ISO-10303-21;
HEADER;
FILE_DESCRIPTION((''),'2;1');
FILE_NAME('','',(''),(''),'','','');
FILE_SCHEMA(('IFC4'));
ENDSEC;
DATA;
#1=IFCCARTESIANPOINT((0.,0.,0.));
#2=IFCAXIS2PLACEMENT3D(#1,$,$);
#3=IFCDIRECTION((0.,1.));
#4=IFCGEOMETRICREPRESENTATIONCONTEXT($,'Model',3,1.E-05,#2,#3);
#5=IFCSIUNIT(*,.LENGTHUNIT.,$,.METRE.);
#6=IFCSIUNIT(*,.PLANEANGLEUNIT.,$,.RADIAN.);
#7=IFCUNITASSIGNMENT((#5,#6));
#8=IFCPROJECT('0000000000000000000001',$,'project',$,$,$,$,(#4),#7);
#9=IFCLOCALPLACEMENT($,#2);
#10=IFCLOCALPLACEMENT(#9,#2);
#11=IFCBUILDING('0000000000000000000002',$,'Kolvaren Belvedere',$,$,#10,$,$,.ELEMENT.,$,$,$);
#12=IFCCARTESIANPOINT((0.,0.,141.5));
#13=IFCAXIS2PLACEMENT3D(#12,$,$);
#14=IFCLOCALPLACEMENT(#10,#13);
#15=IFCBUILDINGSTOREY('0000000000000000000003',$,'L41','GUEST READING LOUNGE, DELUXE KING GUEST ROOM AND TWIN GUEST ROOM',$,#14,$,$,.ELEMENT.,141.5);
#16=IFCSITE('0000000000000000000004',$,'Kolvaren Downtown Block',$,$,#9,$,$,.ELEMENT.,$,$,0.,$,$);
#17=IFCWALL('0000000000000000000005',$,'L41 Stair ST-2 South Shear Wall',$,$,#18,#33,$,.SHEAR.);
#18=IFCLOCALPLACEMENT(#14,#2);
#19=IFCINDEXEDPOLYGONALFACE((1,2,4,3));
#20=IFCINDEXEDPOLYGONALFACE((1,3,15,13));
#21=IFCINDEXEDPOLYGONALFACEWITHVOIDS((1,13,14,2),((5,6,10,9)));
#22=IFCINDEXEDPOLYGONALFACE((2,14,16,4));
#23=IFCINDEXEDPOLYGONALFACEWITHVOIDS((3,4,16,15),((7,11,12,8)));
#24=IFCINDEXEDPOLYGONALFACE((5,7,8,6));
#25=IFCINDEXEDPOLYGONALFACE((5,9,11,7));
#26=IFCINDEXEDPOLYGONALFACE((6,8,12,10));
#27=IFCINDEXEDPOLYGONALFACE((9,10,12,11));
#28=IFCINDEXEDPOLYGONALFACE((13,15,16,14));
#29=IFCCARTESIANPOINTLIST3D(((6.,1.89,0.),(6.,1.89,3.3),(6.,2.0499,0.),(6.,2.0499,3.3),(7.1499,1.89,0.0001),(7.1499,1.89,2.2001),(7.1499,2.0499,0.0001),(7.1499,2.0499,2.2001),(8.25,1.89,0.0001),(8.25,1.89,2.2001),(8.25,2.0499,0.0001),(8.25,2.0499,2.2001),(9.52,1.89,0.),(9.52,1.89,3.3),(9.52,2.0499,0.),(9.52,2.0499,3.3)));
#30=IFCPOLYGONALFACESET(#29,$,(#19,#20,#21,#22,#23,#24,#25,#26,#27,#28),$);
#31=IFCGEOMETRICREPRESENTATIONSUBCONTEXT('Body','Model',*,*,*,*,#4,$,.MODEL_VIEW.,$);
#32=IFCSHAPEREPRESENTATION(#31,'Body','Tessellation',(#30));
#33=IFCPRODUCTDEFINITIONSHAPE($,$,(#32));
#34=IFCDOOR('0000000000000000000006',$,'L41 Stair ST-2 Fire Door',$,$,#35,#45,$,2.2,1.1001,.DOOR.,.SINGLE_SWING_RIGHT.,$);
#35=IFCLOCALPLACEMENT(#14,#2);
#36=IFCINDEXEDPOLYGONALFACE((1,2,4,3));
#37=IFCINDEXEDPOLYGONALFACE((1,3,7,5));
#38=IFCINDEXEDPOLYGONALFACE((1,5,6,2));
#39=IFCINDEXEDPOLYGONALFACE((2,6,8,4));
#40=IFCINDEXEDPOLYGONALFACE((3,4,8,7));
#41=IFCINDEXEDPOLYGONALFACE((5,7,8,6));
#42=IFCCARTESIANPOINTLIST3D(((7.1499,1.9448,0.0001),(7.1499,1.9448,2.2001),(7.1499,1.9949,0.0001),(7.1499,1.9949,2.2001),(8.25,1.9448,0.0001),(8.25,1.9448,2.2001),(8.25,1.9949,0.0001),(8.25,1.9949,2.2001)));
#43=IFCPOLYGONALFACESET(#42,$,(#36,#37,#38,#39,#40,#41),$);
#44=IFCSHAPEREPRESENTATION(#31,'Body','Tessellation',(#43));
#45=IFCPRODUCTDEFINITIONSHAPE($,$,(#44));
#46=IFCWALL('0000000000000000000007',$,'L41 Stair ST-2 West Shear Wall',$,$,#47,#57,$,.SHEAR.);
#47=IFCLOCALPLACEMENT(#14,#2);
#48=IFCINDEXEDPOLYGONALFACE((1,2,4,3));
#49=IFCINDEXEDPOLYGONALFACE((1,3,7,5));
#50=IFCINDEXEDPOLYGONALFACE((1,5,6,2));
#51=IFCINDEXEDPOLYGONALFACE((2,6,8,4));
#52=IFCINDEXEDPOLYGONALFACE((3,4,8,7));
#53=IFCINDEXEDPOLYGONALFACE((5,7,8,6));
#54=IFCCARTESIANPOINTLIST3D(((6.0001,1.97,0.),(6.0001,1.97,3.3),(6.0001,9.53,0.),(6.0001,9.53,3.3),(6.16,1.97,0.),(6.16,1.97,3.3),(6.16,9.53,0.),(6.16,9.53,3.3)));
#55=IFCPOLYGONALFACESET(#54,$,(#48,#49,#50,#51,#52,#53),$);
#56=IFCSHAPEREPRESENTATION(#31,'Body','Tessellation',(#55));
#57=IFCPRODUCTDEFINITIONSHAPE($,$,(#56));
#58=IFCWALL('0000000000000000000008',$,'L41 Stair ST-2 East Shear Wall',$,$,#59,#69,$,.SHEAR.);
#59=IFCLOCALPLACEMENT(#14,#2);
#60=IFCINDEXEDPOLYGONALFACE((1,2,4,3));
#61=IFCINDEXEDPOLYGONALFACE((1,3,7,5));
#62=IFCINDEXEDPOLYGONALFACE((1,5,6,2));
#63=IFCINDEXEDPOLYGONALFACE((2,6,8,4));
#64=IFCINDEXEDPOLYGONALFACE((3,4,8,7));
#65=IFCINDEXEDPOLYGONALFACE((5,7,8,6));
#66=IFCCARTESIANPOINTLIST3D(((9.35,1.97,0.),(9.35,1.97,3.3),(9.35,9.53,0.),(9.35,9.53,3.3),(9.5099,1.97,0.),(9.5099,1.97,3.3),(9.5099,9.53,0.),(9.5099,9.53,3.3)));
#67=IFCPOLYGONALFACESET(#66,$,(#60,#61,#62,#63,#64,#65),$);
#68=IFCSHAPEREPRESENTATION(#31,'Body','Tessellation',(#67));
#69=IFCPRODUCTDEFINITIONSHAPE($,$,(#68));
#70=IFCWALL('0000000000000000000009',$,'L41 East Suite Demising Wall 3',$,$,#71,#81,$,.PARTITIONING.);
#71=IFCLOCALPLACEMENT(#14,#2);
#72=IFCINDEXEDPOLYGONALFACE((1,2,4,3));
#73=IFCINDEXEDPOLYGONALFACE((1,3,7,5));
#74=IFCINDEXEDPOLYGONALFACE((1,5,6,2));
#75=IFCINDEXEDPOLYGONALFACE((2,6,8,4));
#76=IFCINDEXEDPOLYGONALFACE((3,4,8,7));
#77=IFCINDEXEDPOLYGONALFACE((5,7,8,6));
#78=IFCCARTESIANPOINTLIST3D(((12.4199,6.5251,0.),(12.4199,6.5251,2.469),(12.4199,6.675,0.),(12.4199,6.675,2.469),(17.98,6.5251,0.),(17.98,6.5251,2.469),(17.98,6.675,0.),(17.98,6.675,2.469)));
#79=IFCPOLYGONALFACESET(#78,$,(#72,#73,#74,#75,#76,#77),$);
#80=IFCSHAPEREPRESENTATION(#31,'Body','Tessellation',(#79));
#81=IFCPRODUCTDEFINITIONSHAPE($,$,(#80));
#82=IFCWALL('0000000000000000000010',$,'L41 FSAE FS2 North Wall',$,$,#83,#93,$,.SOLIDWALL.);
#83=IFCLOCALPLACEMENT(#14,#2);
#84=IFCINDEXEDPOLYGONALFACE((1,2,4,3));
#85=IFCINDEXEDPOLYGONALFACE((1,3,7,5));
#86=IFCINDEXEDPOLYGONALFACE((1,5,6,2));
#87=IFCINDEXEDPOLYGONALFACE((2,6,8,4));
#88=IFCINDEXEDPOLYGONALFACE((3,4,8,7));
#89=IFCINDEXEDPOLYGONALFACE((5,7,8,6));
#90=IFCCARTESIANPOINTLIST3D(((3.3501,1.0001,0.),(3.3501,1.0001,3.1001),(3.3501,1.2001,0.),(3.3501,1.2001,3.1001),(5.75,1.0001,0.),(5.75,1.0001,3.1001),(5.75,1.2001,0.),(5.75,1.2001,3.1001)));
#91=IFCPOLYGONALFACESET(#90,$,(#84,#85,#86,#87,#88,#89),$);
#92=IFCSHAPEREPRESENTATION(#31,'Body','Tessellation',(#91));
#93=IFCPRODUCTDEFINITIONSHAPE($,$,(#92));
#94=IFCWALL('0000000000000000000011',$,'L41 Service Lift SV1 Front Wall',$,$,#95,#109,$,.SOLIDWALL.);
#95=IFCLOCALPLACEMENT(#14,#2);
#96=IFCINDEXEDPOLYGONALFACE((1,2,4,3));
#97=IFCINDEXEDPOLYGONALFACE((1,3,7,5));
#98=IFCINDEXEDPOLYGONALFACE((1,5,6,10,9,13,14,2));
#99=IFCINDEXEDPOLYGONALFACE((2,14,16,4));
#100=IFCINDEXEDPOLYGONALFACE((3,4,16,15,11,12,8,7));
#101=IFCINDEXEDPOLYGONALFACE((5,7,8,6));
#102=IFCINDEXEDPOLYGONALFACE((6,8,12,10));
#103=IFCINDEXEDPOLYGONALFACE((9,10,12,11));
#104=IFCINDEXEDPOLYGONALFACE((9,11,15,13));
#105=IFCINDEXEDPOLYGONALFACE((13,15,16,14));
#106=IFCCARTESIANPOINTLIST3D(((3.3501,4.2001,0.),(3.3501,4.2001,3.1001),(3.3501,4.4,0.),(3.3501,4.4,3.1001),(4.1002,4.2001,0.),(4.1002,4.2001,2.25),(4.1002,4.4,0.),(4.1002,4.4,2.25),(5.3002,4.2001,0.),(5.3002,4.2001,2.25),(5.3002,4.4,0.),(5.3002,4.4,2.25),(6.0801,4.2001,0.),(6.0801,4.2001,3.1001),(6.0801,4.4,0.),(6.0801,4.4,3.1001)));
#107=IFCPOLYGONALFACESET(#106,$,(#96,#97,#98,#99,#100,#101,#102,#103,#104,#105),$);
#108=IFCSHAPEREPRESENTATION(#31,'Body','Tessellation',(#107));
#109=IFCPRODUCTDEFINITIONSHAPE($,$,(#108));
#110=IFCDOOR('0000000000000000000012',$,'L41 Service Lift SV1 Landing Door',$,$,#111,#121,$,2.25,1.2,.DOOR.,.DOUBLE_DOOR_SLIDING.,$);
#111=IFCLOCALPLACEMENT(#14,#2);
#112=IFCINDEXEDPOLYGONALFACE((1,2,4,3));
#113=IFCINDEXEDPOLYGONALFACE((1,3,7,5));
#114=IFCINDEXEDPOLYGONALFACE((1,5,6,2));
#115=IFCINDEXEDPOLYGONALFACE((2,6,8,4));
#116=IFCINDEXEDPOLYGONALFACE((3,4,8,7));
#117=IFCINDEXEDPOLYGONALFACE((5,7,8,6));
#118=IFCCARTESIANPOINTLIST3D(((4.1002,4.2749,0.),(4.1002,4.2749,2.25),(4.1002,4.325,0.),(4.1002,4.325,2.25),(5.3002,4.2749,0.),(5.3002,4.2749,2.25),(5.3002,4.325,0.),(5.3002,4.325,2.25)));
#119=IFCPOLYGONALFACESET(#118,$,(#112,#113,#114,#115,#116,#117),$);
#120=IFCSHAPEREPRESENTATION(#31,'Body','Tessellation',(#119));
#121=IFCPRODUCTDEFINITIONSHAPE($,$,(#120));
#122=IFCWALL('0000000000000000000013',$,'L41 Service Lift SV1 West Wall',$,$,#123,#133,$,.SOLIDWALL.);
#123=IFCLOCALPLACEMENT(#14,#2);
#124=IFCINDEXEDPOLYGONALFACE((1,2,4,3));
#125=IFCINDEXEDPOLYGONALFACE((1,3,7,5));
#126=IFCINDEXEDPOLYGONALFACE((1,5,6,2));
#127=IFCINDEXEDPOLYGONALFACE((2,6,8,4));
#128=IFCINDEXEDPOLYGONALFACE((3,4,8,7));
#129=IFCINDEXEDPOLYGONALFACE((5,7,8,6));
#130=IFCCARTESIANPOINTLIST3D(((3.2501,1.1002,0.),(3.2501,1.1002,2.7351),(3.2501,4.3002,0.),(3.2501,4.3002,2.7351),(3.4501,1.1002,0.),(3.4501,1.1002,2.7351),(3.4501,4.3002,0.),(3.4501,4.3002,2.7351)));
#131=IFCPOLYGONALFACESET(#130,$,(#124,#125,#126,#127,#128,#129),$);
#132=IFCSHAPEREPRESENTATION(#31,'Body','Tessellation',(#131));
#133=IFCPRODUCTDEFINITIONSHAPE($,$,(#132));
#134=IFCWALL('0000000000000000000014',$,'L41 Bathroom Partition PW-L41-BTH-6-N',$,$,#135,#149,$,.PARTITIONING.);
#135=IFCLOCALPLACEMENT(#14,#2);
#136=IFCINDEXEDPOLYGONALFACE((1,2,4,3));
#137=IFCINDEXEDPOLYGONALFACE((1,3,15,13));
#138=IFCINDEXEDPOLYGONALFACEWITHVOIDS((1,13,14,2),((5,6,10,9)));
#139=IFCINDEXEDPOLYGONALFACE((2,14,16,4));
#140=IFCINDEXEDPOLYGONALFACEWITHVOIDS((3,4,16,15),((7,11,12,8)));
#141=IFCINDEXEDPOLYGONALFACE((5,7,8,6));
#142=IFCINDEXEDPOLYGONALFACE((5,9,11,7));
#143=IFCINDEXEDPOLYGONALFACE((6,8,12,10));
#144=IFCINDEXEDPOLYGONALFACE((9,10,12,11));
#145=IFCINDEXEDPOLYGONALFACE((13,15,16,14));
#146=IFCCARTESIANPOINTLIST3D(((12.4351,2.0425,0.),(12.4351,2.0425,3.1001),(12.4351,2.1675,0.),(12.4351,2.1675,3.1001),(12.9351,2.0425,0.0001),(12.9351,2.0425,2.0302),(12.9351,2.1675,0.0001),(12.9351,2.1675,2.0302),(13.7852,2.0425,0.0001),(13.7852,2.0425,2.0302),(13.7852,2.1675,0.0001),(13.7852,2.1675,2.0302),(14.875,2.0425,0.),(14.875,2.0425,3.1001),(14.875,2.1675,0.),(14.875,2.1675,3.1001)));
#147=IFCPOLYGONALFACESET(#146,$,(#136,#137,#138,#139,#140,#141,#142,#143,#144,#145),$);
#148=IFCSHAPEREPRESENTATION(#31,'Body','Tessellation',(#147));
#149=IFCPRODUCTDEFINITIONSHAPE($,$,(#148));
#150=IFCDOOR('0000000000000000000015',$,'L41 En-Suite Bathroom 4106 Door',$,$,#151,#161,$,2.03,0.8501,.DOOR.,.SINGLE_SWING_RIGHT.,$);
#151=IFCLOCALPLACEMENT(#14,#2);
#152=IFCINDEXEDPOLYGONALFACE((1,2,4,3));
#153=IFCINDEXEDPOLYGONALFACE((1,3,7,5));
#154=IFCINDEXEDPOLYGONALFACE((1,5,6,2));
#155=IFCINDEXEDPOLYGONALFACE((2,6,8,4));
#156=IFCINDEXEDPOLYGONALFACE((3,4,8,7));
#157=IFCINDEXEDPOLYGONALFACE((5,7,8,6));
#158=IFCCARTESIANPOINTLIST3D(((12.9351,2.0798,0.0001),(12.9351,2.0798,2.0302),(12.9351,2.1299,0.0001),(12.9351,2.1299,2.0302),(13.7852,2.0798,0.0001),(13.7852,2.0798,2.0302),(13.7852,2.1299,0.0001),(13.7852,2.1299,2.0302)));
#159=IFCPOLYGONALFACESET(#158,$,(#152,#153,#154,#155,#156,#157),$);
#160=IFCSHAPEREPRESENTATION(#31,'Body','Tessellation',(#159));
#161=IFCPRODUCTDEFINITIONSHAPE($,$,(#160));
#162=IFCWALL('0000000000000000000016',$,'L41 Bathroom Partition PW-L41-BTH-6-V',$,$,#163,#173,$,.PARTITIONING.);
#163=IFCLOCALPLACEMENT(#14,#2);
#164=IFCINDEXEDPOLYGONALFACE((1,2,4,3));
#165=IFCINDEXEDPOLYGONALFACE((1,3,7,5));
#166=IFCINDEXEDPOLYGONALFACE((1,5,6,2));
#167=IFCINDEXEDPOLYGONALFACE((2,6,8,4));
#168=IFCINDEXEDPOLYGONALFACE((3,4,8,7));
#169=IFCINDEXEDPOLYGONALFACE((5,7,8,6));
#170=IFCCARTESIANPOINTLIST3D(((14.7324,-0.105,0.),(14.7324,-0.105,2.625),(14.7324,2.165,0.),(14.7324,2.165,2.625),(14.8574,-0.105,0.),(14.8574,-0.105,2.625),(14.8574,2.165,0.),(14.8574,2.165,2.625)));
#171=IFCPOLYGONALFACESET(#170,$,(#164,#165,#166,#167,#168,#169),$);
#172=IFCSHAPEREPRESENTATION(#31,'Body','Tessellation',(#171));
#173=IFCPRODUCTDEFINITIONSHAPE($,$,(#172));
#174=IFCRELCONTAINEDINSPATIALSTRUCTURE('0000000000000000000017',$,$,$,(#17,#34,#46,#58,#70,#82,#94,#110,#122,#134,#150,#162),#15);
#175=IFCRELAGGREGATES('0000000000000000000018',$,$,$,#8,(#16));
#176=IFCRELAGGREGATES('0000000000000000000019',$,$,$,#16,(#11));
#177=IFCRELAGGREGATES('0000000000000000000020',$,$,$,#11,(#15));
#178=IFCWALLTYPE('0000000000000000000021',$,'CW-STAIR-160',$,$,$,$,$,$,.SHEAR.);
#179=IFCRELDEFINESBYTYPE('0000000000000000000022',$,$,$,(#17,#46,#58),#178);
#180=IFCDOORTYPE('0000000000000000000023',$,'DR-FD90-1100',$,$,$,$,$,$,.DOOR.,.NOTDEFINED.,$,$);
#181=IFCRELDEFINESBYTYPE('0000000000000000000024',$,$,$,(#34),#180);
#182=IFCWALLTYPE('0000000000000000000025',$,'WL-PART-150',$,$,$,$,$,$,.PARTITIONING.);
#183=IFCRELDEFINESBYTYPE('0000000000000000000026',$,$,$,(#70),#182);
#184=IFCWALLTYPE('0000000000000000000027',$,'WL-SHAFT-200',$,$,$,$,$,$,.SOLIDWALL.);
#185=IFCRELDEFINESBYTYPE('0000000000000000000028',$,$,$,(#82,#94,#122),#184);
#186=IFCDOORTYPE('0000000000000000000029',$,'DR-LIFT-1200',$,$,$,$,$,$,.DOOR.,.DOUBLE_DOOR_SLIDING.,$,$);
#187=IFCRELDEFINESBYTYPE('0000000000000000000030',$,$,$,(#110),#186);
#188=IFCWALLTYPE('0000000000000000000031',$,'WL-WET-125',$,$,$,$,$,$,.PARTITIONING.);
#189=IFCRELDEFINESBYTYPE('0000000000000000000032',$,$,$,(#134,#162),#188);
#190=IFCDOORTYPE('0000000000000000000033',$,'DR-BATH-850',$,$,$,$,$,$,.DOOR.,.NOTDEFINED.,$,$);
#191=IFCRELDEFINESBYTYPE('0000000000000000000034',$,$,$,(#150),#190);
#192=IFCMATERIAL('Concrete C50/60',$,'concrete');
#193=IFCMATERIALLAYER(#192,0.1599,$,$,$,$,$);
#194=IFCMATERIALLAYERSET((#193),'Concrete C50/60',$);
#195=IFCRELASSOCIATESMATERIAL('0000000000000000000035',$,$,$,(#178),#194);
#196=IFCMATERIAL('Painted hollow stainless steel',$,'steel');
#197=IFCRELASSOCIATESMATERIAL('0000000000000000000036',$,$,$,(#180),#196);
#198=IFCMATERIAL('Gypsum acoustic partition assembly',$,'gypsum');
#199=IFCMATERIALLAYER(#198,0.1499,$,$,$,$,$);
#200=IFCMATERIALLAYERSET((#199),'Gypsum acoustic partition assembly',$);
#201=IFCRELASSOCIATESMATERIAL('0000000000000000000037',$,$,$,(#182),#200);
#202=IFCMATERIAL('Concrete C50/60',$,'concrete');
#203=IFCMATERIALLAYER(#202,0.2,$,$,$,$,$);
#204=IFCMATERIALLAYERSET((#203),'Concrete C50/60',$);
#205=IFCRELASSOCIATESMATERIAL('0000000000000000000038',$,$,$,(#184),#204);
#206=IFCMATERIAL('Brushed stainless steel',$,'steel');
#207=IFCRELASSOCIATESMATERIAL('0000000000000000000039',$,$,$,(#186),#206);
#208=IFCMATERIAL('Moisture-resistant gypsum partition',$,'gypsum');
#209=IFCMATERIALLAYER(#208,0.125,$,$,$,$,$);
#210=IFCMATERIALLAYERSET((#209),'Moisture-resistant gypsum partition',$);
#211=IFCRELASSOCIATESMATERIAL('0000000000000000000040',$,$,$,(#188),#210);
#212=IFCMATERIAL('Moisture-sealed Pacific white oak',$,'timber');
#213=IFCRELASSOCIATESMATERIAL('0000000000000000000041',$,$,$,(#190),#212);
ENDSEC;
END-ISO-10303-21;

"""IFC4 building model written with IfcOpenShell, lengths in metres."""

from ifc_helpers import new_model, si_unit, direction, frame, frame_2d, origin, place, context, subcontext, project, spatial, rectangle, extrude, material, layer, layer_set, type_object, element, fill, save


model = new_model("IFC4")

# Units and contexts
model_context = context("Model", 3, precision=1e-05, world=origin(), true_north=direction((0.0, 1.0)))
body_context = subcontext(model_context, "Body", "Model", "MODEL_VIEW")
ifc_project = project(units=[si_unit("LENGTHUNIT", "METRE"), si_unit("PLANEANGLEUNIT", "RADIAN")], contexts=[model_context])

# Site, building, storey
site_placement = place(None, origin())
site = spatial("IfcSite", under=ifc_project, at=site_placement, Name="Kolvaren Downtown Block", CompositionType="ELEMENT", RefElevation=0.0)
building_placement = place(site_placement, origin())
building = spatial("IfcBuilding", under=site, at=building_placement, Name="Kolvaren Belvedere", CompositionType="ELEMENT")
storey_placement = place(building_placement, frame((0.0, 0.0, 141.5)))
storey = spatial("IfcBuildingStorey", under=building, at=storey_placement, Name="L41", Description="GUEST READING LOUNGE, DELUXE KING GUEST ROOM AND TWIN GUEST ROOM", CompositionType="ELEMENT", Elevation=141.5)

# Wall, opening, door
ifc_material_1 = material(Name="Concrete C50/60", Category="concrete")
ifc_layer_1 = layer(ifc_material_1, 0.1599)
ifc_layer_set_1 = layer_set([ifc_layer_1], Name="Concrete C50/60")
wall_type_1 = type_object("IfcWallType", Name="CW-STAIR-160", PredefinedType="SHEAR", material=ifc_layer_set_1)
wall_1_placement = place(storey_placement, frame((6.0, 1.97, 0.0), z_axis=(0.0, 0.0, 1.0), x_axis=(1.0, 0.0, 0.0)))
wall_1 = element("IfcWall", 1, at=wall_1_placement, inside=storey, type_object=wall_type_1, Name="L41 Stair ST-2 South Shear Wall", PredefinedType="SHEAR", context=body_context, shape_type="SweptSolid", body=[
    extrude(rectangle(XDim=3.52, YDim=0.1599, at=frame_2d((1.76, 0.0))), origin(), (0.0, 0.0, 1.0), 3.3),
])
opening_1_placement = place(wall_1_placement, frame((1.1499, 0.0, 0.0)))
opening_1 = element("IfcOpeningElement", 2, at=opening_1_placement, cuts=wall_1, PredefinedType="OPENING", context=body_context, shape_type="SweptSolid", body=[
    extrude(rectangle(XDim=1.1001, YDim=2.2, at=frame_2d((0.55, 1.1001))), frame((0.0, 0.0898, 0.0), z_axis=(0.0, -1.0, 0.0), x_axis=(1.0, 0.0, 0.0)), (0.0, 0.0, 1.0), 0.1799),
])
ifc_material_2 = material(Name="Painted hollow stainless steel", Category="steel")
door_type_1 = type_object("IfcDoorType", Name="DR-FD90-1100", OperationType="NOTDEFINED", PredefinedType="DOOR", material=ifc_material_2)
door_1_placement = place(opening_1_placement, origin())
door_1 = element("IfcDoor", 3, at=door_1_placement, inside=storey, type_object=door_type_1, Name="L41 Stair ST-2 Fire Door", OperationType="SINGLE_SWING_RIGHT", OverallHeight=2.2, OverallWidth=1.1001, PredefinedType="DOOR", context=body_context, shape_type="SweptSolid", body=[
    extrude(rectangle(XDim=1.1001, YDim=2.2, at=frame_2d((0.55, 1.1001))), frame((0.0, 0.0249, 0.0), z_axis=(0.0, -1.0, 0.0), x_axis=(1.0, 0.0, 0.0)), (0.0, 0.0, 1.0), 0.05),
])
fill(opening_1, door_1)

# Walls
for number, where, z_axis, x_axis, name in (
    (4, (6.0801, 1.97, 0.0), (0.0, 0.0, 1.0), (0.0, 1.0, 0.0), "L41 Stair ST-2 West Shear Wall"),
    (5, (9.4299, 1.97, 0.0), (0.0, 0.0, 1.0), (0.0, 1.0, 0.0), "L41 Stair ST-2 East Shear Wall"),
):
    element("IfcWall", number, at=place(storey_placement, frame(where, z_axis=z_axis, x_axis=x_axis)), inside=storey, type_object=wall_type_1, Name=name, PredefinedType="SHEAR", context=body_context, shape_type="SweptSolid", body=[
        extrude(rectangle(XDim=7.5601, YDim=0.1599, at=frame_2d((3.78, 0.0))), origin(), (0.0, 0.0, 1.0), 3.3),
    ])
ifc_material_3 = material(Name="Gypsum acoustic partition assembly", Category="gypsum")
ifc_layer_2 = layer(ifc_material_3, 0.1499)
ifc_layer_set_2 = layer_set([ifc_layer_2], Name="Gypsum acoustic partition assembly")
wall_type_2 = type_object("IfcWallType", Name="WL-PART-150", PredefinedType="PARTITIONING", material=ifc_layer_set_2)
wall_2_placement = place(storey_placement, frame((12.4199, 6.6001, 0.0), z_axis=(0.0, 0.0, 1.0), x_axis=(1.0, 0.0, 0.0)))
element("IfcWall", 6, at=wall_2_placement, inside=storey, type_object=wall_type_2, Name="L41 East Suite Demising Wall 3", PredefinedType="PARTITIONING", context=body_context, shape_type="SweptSolid", body=[
    extrude(rectangle(XDim=5.5601, YDim=0.1499, at=frame_2d((2.78, 0.0))), origin(), (0.0, 0.0, 1.0), 2.469),
])
ifc_material_4 = material(Name="Concrete C50/60", Category="concrete")
ifc_layer_3 = layer(ifc_material_4, 0.2)
ifc_layer_set_3 = layer_set([ifc_layer_3], Name="Concrete C50/60")
wall_type_3 = type_object("IfcWallType", Name="WL-SHAFT-200", PredefinedType="SOLIDWALL", material=ifc_layer_set_3)
wall_3_placement = place(storey_placement, frame((3.3501, 1.1001, 0.0), z_axis=(0.0, 0.0, 1.0), x_axis=(1.0, 0.0, 0.0)))
element("IfcWall", 7, at=wall_3_placement, inside=storey, type_object=wall_type_3, Name="L41 FSAE FS2 North Wall", PredefinedType="SOLIDWALL", context=body_context, shape_type="SweptSolid", body=[
    extrude(rectangle(XDim=2.3999, YDim=0.2, at=frame_2d((1.2, 0.0))), origin(), (0.0, 0.0, 1.0), 3.1001),
])

# Wall, opening, door
wall_4_placement = place(storey_placement, frame((3.3501, 4.3, 0.0), z_axis=(0.0, 0.0, 1.0), x_axis=(1.0, 0.0, 0.0)))
wall_4 = element("IfcWall", 8, at=wall_4_placement, inside=storey, type_object=wall_type_3, Name="L41 Service Lift SV1 Front Wall", PredefinedType="SOLIDWALL", context=body_context, shape_type="SweptSolid", body=[
    extrude(rectangle(XDim=2.73, YDim=0.2, at=frame_2d((1.365, 0.0))), origin(), (0.0, 0.0, 1.0), 3.1001),
])
opening_2_placement = place(wall_4_placement, frame((0.75, 0.0, 0.0)))
opening_2 = element("IfcOpeningElement", 9, at=opening_2_placement, cuts=wall_4, PredefinedType="OPENING", context=body_context, shape_type="SweptSolid", body=[
    extrude(rectangle(XDim=1.2, YDim=2.25, at=frame_2d((0.6001, 1.125))), frame((0.0, 0.1099, 0.0), z_axis=(0.0, -1.0, 0.0), x_axis=(1.0, 0.0, 0.0)), (0.0, 0.0, 1.0), 0.22),
])
ifc_material_5 = material(Name="Brushed stainless steel", Category="steel")
door_type_2 = type_object("IfcDoorType", Name="DR-LIFT-1200", OperationType="DOUBLE_DOOR_SLIDING", PredefinedType="DOOR", material=ifc_material_5)
door_2_placement = place(opening_2_placement, origin())
door_2 = element("IfcDoor", 10, at=door_2_placement, inside=storey, type_object=door_type_2, Name="L41 Service Lift SV1 Landing Door", OperationType="DOUBLE_DOOR_SLIDING", OverallHeight=2.25, OverallWidth=1.2, PredefinedType="DOOR", context=body_context, shape_type="SweptSolid", body=[
    extrude(rectangle(XDim=1.2, YDim=2.25, at=frame_2d((0.6001, 1.125))), frame((0.0, 0.0249, 0.0), z_axis=(0.0, -1.0, 0.0), x_axis=(1.0, 0.0, 0.0)), (0.0, 0.0, 1.0), 0.05),
])
fill(opening_2, door_2)

# Wall
wall_5_placement = place(storey_placement, frame((3.3501, 1.1001, 0.0), z_axis=(0.0, 0.0, 1.0), x_axis=(0.0, 1.0, 0.0)))
element("IfcWall", 11, at=wall_5_placement, inside=storey, type_object=wall_type_3, Name="L41 Service Lift SV1 West Wall", PredefinedType="SOLIDWALL", context=body_context, shape_type="SweptSolid", body=[
    extrude(rectangle(XDim=3.2, YDim=0.2, at=frame_2d((1.6001, 0.0))), origin(), (0.0, 0.0, 1.0), 2.7351),
])

# Wall, opening, door
ifc_material_6 = material(Name="Moisture-resistant gypsum partition", Category="gypsum")
ifc_layer_4 = layer(ifc_material_6, 0.125)
ifc_layer_set_4 = layer_set([ifc_layer_4], Name="Moisture-resistant gypsum partition")
wall_type_4 = type_object("IfcWallType", Name="WL-WET-125", PredefinedType="PARTITIONING", material=ifc_layer_set_4)
wall_6_placement = place(storey_placement, frame((12.4351, 2.105, 0.0), z_axis=(0.0, 0.0, 1.0), x_axis=(1.0, 0.0, 0.0)))
wall_6 = element("IfcWall", 12, at=wall_6_placement, inside=storey, type_object=wall_type_4, Name="L41 Bathroom Partition PW-L41-BTH-6-N", PredefinedType="PARTITIONING", context=body_context, shape_type="SweptSolid", body=[
    extrude(rectangle(XDim=2.4399, YDim=0.125, at=frame_2d((1.22, 0.0))), origin(), (0.0, 0.0, 1.0), 3.1001),
])
opening_3_placement = place(wall_6_placement, frame((0.5, 0.0, 0.0)))
opening_3 = element("IfcOpeningElement", 13, at=opening_3_placement, cuts=wall_6, PredefinedType="OPENING", context=body_context, shape_type="SweptSolid", body=[
    extrude(rectangle(XDim=0.8501, YDim=2.03, at=frame_2d((0.425, 1.0151))), frame((0.0, 0.0725, 0.0), z_axis=(0.0, -1.0, 0.0), x_axis=(1.0, 0.0, 0.0)), (0.0, 0.0, 1.0), 0.145),
])
ifc_material_7 = material(Name="Moisture-sealed Pacific white oak", Category="timber")
door_type_3 = type_object("IfcDoorType", Name="DR-BATH-850", OperationType="NOTDEFINED", PredefinedType="DOOR", material=ifc_material_7)
door_3_placement = place(opening_3_placement, origin())
door_3 = element("IfcDoor", 14, at=door_3_placement, inside=storey, type_object=door_type_3, Name="L41 En-Suite Bathroom 4106 Door", OperationType="SINGLE_SWING_RIGHT", OverallHeight=2.03, OverallWidth=0.8501, PredefinedType="DOOR", context=body_context, shape_type="SweptSolid", body=[
    extrude(rectangle(XDim=0.8501, YDim=2.03, at=frame_2d((0.425, 1.0151))), frame((0.0, 0.0249, 0.0), z_axis=(0.0, -1.0, 0.0), x_axis=(1.0, 0.0, 0.0)), (0.0, 0.0, 1.0), 0.05),
])
fill(opening_3, door_3)

# Wall
wall_7_placement = place(storey_placement, frame((14.7949, -0.105, 0.0), z_axis=(0.0, 0.0, 1.0), x_axis=(0.0, 1.0, 0.0)))
element("IfcWall", 15, at=wall_7_placement, inside=storey, type_object=wall_type_4, Name="L41 Bathroom Partition PW-L41-BTH-6-V", PredefinedType="PARTITIONING", context=body_context, shape_type="SweptSolid", body=[
    extrude(rectangle(XDim=2.27, YDim=0.125, at=frame_2d((1.135, 0.0))), origin(), (0.0, 0.0, 1.0), 2.625),
])

save(model, "model.ifc")
